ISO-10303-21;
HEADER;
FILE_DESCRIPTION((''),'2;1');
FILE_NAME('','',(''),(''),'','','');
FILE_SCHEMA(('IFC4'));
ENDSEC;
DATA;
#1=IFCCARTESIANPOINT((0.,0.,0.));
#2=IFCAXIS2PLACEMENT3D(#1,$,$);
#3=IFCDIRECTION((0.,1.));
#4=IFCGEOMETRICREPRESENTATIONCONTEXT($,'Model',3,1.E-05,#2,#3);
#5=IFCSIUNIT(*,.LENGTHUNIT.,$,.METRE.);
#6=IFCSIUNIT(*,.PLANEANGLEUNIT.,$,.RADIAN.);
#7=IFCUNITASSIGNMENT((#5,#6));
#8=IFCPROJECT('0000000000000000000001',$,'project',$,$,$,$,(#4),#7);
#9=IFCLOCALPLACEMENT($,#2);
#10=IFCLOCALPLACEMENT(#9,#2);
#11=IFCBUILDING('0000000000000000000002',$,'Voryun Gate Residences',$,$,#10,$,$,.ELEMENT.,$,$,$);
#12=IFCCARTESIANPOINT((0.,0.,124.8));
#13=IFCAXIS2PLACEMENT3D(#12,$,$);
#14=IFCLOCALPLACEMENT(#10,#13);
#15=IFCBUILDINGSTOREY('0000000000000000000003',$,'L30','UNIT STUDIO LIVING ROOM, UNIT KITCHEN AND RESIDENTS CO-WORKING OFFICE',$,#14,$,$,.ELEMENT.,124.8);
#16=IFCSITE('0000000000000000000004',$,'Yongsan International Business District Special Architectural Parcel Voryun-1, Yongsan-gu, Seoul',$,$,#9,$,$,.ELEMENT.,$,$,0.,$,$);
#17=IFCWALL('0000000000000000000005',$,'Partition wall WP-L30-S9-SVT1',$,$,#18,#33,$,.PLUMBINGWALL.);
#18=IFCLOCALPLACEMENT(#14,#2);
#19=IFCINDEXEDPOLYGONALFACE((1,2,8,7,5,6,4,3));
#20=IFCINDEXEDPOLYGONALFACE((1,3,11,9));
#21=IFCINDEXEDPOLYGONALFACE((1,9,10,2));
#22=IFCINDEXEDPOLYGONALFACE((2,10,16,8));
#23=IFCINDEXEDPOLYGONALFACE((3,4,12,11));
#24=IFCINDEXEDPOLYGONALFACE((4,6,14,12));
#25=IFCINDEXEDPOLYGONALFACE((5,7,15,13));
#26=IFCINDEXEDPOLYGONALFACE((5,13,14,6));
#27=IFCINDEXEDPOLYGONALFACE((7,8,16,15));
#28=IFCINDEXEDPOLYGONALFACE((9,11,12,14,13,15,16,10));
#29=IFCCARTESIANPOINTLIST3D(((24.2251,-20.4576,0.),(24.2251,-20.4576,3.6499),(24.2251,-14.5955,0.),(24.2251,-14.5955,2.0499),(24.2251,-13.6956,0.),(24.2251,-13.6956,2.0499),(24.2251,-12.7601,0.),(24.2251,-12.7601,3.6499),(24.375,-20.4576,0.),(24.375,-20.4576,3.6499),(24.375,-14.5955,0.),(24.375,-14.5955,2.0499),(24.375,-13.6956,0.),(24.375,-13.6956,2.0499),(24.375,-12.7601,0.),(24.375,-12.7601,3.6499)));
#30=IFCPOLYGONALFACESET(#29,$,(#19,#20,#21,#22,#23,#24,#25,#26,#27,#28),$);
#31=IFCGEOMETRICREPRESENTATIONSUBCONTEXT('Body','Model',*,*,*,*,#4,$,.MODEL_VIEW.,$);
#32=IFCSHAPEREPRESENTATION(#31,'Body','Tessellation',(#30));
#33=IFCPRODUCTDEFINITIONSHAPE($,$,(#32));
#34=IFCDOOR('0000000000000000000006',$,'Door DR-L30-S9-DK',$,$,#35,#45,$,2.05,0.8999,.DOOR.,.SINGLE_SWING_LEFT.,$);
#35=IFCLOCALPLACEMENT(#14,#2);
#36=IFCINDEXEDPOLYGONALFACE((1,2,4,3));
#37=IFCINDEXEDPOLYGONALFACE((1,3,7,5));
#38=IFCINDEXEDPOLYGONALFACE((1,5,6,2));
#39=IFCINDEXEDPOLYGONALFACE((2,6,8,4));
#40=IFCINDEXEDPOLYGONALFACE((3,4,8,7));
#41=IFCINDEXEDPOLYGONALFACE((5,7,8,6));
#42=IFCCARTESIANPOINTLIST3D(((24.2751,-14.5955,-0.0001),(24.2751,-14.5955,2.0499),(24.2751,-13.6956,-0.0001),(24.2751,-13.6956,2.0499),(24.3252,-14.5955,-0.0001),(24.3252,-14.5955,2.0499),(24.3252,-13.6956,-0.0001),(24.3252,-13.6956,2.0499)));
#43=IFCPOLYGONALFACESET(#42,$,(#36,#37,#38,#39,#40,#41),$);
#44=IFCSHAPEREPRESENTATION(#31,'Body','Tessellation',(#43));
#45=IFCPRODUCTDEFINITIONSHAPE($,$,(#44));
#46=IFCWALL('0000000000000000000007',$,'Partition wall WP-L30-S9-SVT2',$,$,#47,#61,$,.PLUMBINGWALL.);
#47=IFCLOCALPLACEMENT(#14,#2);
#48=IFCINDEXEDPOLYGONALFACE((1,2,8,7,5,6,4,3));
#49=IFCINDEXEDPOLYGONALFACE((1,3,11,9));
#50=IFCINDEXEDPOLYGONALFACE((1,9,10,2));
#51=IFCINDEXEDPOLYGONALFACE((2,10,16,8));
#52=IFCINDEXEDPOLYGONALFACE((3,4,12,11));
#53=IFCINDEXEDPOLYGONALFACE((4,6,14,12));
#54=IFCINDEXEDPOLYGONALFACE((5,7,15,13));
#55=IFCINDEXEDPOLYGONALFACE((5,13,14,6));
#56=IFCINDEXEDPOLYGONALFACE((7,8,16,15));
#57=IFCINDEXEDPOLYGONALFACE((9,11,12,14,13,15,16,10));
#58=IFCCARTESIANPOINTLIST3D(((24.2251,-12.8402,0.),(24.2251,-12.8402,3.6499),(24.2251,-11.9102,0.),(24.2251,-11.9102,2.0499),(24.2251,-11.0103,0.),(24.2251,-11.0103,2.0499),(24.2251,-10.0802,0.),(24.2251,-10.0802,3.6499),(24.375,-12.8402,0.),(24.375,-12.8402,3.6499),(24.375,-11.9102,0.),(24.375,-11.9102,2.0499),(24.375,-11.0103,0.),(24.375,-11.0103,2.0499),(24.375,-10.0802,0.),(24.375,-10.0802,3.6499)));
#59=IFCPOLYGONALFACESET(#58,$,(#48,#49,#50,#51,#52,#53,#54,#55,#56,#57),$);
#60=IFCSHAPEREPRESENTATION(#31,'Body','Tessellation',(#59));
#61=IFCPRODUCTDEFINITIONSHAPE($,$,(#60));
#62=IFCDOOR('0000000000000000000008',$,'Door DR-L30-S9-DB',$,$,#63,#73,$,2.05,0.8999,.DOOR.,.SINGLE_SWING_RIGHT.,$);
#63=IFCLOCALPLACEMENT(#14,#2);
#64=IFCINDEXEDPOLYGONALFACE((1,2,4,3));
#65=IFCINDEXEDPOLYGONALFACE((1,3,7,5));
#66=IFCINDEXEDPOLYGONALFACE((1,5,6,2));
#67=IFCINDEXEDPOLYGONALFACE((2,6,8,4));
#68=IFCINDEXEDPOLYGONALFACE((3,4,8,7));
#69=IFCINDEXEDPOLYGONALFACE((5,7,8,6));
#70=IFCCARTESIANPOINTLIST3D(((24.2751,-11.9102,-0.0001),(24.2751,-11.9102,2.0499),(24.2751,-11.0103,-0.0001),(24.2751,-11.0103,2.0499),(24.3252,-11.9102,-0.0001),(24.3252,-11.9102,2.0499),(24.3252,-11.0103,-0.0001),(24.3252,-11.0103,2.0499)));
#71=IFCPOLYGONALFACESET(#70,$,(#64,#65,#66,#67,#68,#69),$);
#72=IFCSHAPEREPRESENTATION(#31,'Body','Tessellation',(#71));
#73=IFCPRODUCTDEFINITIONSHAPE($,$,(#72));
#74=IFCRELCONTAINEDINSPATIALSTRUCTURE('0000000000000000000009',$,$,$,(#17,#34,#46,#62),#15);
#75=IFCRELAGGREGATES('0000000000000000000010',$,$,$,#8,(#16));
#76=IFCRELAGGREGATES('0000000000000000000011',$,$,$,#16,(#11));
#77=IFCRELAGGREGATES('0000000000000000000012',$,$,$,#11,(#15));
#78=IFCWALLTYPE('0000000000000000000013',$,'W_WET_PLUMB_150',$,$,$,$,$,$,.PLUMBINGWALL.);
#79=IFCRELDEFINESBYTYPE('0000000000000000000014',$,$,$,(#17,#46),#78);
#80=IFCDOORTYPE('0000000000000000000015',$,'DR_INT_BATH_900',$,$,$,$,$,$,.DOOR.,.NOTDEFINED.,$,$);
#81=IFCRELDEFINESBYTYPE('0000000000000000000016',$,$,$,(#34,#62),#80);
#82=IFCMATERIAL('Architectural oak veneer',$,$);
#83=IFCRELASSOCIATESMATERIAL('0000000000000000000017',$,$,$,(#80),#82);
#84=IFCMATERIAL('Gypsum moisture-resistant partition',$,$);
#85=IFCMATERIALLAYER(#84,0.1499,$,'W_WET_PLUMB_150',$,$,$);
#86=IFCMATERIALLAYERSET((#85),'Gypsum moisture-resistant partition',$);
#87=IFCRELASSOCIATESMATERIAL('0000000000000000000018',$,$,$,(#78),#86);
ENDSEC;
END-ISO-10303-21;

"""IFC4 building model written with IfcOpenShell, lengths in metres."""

from ifc_helpers import new_model, si_unit, direction, frame, frame_2d, origin, place, context, subcontext, project, spatial, rectangle, extrude, material, layer, layer_set, type_object, element, fill, save


model = new_model("IFC4")

# Units and contexts
model_context = context("Model", 3, precision=1e-05, world=origin(), true_north=direction((0.0, 1.0)))
body_context = subcontext(model_context, "Body", "Model", "MODEL_VIEW")
ifc_project = project(units=[si_unit("LENGTHUNIT", "METRE"), si_unit("PLANEANGLEUNIT", "RADIAN")], contexts=[model_context])

# Site, building, storey
site_placement = place(None, origin())
site = spatial("IfcSite", under=ifc_project, at=site_placement, Name="Yongsan International Business District Special Architectural Parcel Voryun-1, Yongsan-gu, Seoul", CompositionType="ELEMENT", RefElevation=0.0)
building_placement = place(site_placement, origin())
building = spatial("IfcBuilding", under=site, at=building_placement, Name="Voryun Gate Residences", CompositionType="ELEMENT")
storey_placement = place(building_placement, frame((0.0, 0.0, 124.8)))
storey = spatial("IfcBuildingStorey", under=building, at=storey_placement, Name="L30", Description="UNIT STUDIO LIVING ROOM, UNIT KITCHEN AND RESIDENTS CO-WORKING OFFICE", CompositionType="ELEMENT", Elevation=124.8)

# Shared definitions
ifc_material_1 = material(Name="Architectural oak veneer")
door_type = type_object("IfcDoorType", Name="DR_INT_BATH_900", OperationType="NOTDEFINED", PredefinedType="DOOR", material=ifc_material_1)
ifc_material_2 = material(Name="Gypsum moisture-resistant partition")
ifc_layer_1 = layer(ifc_material_2, 0.1499, Name="W_WET_PLUMB_150")
ifc_layer_set_1 = layer_set([ifc_layer_1], Name="Gypsum moisture-resistant partition")
wall_type_1 = type_object("IfcWallType", Name="W_WET_PLUMB_150", PredefinedType="PLUMBINGWALL", material=ifc_layer_set_1)

# Walls, openings, doors
wall_1_placement = place(storey_placement, frame((24.3, -20.4575, 0.0), z_axis=(0.0, 0.0, 1.0), x_axis=(0.0, 1.0, 0.0)))
wall_1 = element("IfcWall", 1, at=wall_1_placement, inside=storey, type_object=wall_type_1, Name="Partition wall WP-L30-S9-SVT1", PredefinedType="PLUMBINGWALL", context=body_context, shape_type="SweptSolid", body=[
    extrude(rectangle(XDim=7.6975, YDim=0.1499, at=frame_2d((3.8486, 0.0))), origin(), (0.0, 0.0, 1.0), 3.6499),
])
opening_1_placement = place(wall_1_placement, frame((5.8621, 0.0, 0.0)))
opening_1 = element("IfcOpeningElement", 2, at=opening_1_placement, cuts=wall_1, PredefinedType="OPENING", context=body_context, shape_type="SweptSolid", body=[
    extrude(rectangle(XDim=0.8999, YDim=2.05, at=frame_2d((0.45, 1.0249))), frame((0.0, 0.085, 0.0), z_axis=(0.0, -1.0, 0.0), x_axis=(1.0, 0.0, 0.0)), (0.0, 0.0, 1.0), 0.1699),
])
door_1_placement = place(opening_1_placement, origin())
door_1 = element("IfcDoor", 3, at=door_1_placement, inside=storey, type_object=door_type, Name="Door DR-L30-S9-DK", OperationType="SINGLE_SWING_LEFT", OverallHeight=2.05, OverallWidth=0.8999, PredefinedType="DOOR", context=body_context, shape_type="SweptSolid", body=[
    extrude(rectangle(XDim=0.8999, YDim=2.05, at=frame_2d((0.45, 1.0249))), frame((0.0, 0.0249, 0.0), z_axis=(0.0, -1.0, 0.0), x_axis=(1.0, 0.0, 0.0)), (0.0, 0.0, 1.0), 0.05),
])
fill(opening_1, door_1)
wall_2_placement = place(storey_placement, frame((24.3, -12.8401, 0.0), z_axis=(0.0, 0.0, 1.0), x_axis=(0.0, 1.0, 0.0)))
wall_2 = element("IfcWall", 4, at=wall_2_placement, inside=storey, type_object=wall_type_1, Name="Partition wall WP-L30-S9-SVT2", PredefinedType="PLUMBINGWALL", context=body_context, shape_type="SweptSolid", body=[
    extrude(rectangle(XDim=2.76, YDim=0.1499, at=frame_2d((1.3799, 0.0))), origin(), (0.0, 0.0, 1.0), 3.6499),
])
opening_2_placement = place(wall_2_placement, frame((0.9299, 0.0, 0.0)))
opening_2 = element("IfcOpeningElement", 5, at=opening_2_placement, cuts=wall_2, PredefinedType="OPENING", context=body_context, shape_type="SweptSolid", body=[
    extrude(rectangle(XDim=0.8999, YDim=2.05, at=frame_2d((0.45, 1.0249))), frame((0.0, 0.085, 0.0), z_axis=(0.0, -1.0, 0.0), x_axis=(1.0, 0.0, 0.0)), (0.0, 0.0, 1.0), 0.1699),
])
door_2_placement = place(opening_2_placement, origin())
door_2 = element("IfcDoor", 6, at=door_2_placement, inside=storey, type_object=door_type, Name="Door DR-L30-S9-DB", OperationType="SINGLE_SWING_RIGHT", OverallHeight=2.05, OverallWidth=0.8999, PredefinedType="DOOR", context=body_context, shape_type="SweptSolid", body=[
    extrude(rectangle(XDim=0.8999, YDim=2.05, at=frame_2d((0.45, 1.0249))), frame((0.0, 0.0249, 0.0), z_axis=(0.0, -1.0, 0.0), x_axis=(1.0, 0.0, 0.0)), (0.0, 0.0, 1.0), 0.05),
])
fill(opening_2, door_2)

save(model, "model.ifc")
